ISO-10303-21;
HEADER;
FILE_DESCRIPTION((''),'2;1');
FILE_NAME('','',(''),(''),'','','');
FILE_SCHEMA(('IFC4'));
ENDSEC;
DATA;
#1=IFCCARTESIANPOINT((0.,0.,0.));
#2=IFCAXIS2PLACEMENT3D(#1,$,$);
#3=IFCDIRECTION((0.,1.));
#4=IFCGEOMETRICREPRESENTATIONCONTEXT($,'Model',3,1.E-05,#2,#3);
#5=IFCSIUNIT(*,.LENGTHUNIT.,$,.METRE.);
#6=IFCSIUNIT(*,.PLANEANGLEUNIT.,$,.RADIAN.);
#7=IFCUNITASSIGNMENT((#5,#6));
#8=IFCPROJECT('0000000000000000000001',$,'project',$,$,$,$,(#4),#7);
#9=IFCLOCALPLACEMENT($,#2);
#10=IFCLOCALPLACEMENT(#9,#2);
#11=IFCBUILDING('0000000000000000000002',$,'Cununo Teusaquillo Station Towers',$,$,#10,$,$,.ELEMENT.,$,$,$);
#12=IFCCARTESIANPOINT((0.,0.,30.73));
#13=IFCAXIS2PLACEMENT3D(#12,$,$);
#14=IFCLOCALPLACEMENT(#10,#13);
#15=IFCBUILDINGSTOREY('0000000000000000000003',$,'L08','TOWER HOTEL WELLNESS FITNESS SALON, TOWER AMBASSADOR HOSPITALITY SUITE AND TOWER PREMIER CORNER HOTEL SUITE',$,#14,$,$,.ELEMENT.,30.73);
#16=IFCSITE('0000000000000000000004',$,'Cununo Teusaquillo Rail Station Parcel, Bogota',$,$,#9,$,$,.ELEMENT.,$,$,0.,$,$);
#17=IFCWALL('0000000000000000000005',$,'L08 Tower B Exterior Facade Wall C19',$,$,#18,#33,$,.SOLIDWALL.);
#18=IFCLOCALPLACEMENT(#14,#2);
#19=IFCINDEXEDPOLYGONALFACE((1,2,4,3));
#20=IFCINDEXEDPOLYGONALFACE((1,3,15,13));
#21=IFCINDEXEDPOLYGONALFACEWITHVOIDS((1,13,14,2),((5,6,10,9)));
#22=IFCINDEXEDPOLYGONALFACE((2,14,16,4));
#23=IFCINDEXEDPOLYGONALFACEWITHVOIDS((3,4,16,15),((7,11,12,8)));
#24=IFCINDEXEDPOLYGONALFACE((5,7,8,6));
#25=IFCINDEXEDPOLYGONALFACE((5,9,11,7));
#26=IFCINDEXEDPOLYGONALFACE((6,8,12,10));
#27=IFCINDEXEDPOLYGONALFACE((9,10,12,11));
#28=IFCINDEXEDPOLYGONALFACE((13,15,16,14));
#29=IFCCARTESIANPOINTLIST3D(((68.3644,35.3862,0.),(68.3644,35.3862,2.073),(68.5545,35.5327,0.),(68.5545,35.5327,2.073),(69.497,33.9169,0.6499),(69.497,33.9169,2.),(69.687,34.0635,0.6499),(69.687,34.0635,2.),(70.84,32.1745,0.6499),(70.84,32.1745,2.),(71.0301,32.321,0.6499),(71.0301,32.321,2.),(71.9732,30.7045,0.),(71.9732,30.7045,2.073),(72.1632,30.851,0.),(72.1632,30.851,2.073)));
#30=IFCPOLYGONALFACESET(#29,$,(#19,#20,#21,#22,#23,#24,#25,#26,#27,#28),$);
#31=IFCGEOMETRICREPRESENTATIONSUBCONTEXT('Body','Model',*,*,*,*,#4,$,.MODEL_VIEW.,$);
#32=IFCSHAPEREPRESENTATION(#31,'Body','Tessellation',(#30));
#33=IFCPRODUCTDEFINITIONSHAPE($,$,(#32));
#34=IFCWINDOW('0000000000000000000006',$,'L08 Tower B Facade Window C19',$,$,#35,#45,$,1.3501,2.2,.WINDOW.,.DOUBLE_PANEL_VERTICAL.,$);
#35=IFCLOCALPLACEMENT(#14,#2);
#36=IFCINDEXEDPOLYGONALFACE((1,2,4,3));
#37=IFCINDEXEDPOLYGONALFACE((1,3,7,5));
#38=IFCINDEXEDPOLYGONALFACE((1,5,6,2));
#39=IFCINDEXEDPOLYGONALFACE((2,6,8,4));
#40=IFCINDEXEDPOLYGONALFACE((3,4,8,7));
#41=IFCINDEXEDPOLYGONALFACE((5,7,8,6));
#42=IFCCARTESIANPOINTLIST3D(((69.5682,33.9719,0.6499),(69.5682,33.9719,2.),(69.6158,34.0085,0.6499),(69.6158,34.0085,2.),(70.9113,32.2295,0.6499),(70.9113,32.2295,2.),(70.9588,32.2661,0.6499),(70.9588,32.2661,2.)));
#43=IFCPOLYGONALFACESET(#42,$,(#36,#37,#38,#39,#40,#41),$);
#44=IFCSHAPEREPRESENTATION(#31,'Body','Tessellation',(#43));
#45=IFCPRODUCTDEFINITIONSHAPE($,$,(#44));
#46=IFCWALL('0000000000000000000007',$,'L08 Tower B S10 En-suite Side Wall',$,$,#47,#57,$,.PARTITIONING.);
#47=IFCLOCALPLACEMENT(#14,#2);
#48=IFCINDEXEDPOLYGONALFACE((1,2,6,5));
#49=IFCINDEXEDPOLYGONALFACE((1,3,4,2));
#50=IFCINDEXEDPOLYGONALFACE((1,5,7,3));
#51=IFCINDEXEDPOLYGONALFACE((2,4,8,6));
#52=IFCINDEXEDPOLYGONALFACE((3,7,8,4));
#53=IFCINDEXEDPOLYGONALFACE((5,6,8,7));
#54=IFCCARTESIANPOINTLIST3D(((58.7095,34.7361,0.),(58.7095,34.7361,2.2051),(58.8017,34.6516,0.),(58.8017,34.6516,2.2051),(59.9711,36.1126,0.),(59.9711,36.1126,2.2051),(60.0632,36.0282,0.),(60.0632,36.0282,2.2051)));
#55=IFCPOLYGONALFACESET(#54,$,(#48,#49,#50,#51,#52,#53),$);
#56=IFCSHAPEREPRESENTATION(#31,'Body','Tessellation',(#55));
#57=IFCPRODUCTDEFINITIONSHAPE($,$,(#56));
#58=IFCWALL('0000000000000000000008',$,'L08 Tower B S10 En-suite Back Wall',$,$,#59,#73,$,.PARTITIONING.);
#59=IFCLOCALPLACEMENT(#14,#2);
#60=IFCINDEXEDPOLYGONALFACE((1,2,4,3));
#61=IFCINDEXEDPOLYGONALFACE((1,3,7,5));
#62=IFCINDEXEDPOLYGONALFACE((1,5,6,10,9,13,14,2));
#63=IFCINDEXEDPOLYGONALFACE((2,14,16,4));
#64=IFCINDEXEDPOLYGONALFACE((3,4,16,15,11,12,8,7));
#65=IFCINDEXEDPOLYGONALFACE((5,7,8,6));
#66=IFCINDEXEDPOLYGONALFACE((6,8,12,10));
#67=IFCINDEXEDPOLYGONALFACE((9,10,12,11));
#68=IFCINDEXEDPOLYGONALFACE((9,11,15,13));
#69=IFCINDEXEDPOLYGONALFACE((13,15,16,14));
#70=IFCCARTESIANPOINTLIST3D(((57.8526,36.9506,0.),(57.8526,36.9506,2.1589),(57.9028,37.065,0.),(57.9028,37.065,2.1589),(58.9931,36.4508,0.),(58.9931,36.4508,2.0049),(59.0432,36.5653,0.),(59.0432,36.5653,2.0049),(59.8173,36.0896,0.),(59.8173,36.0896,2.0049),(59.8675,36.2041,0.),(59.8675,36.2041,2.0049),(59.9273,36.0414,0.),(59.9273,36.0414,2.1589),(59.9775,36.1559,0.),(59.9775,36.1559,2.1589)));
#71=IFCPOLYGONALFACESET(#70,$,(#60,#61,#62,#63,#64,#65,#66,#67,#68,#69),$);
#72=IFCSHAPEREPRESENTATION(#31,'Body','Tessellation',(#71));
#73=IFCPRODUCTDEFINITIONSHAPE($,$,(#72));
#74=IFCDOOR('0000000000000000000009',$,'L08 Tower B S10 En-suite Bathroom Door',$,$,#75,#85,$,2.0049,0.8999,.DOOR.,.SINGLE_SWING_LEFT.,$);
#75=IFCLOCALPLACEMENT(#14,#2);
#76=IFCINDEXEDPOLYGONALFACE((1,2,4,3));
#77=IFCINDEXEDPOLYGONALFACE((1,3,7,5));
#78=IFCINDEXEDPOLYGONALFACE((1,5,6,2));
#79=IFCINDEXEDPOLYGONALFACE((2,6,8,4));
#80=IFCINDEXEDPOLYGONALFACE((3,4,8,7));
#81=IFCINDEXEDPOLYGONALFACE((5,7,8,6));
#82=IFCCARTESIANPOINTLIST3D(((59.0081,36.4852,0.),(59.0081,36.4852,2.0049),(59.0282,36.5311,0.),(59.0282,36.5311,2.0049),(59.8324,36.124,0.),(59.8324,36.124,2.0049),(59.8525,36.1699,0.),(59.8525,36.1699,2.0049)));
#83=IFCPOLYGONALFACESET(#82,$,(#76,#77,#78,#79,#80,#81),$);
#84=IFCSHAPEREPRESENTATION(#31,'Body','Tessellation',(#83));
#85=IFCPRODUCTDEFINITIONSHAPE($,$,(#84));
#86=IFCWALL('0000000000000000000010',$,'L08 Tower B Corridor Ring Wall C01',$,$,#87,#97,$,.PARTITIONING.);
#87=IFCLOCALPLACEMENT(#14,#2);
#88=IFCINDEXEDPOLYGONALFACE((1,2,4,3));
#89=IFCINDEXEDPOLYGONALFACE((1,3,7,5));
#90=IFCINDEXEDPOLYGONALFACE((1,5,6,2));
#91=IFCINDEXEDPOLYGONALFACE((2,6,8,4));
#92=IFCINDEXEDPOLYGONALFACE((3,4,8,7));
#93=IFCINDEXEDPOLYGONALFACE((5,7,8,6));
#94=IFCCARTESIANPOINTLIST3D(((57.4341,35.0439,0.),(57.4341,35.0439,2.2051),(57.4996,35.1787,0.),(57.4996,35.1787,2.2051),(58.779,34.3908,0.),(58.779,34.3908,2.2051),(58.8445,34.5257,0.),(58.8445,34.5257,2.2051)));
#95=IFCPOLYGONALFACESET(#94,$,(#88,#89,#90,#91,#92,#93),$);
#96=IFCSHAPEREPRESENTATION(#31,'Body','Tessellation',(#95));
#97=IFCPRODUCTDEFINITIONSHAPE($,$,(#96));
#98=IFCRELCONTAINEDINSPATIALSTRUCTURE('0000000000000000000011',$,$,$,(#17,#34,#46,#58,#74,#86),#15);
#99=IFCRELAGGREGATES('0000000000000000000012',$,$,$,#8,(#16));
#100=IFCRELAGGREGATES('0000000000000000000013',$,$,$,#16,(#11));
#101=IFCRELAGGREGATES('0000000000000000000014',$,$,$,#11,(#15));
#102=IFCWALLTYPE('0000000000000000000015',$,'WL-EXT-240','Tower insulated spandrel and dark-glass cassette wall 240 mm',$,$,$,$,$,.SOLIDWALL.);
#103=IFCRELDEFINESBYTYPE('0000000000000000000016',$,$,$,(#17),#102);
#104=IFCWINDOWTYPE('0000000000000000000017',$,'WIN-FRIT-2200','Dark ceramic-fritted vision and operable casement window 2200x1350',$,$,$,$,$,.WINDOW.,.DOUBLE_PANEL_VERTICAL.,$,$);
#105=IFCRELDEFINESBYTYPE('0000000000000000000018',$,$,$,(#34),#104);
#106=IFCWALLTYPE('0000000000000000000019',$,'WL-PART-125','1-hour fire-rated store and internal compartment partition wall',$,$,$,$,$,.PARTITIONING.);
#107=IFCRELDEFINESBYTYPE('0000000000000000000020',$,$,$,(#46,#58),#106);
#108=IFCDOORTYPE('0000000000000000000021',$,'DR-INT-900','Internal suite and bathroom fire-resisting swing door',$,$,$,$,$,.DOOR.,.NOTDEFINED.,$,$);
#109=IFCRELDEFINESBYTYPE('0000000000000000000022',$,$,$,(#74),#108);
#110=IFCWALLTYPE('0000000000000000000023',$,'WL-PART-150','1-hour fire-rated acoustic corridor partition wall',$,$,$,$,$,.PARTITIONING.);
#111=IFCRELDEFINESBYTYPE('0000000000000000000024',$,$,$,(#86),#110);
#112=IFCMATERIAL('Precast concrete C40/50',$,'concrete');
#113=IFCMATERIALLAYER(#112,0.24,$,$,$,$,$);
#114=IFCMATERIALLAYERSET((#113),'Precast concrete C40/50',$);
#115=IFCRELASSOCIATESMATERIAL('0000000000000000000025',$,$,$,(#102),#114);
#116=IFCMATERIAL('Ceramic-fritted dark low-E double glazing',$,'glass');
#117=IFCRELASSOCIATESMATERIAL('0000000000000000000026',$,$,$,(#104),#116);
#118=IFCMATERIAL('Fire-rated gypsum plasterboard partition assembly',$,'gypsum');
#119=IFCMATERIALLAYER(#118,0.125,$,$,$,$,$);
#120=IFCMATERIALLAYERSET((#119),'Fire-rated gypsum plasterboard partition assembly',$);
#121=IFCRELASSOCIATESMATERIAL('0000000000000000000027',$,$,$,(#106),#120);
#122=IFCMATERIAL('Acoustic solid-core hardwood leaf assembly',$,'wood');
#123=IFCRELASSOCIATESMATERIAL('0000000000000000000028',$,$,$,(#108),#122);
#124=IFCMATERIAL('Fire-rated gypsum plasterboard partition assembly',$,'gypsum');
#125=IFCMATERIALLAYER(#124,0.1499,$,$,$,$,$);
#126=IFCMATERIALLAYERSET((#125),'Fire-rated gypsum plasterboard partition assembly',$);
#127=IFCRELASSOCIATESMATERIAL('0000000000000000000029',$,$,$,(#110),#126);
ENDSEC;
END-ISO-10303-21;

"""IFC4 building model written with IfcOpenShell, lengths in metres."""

from ifc_helpers import new_model, si_unit, direction, frame, frame_2d, origin, place, context, subcontext, project, spatial, rectangle, extrude, source, transform, mapped, material, layer, layer_set, type_object, element, fill, save


model = new_model("IFC4")

# Units and contexts
model_context = context("Model", 3, precision=1e-05, world=origin(), true_north=direction((0.0, 1.0)))
body_context = subcontext(model_context, "Body", "Model", "MODEL_VIEW")
ifc_project = project(units=[si_unit("LENGTHUNIT", "METRE"), si_unit("PLANEANGLEUNIT", "RADIAN")], contexts=[model_context])

# Site, building, storey
site_placement = place(None, origin())
site = spatial("IfcSite", under=ifc_project, at=site_placement, Name="Cununo Teusaquillo Rail Station Parcel, Bogota", CompositionType="ELEMENT", RefElevation=0.0)
building_placement = place(site_placement, origin())
building = spatial("IfcBuilding", under=site, at=building_placement, Name="Cununo Teusaquillo Station Towers", CompositionType="ELEMENT")
storey_placement = place(building_placement, frame((0.0, 0.0, 30.73)))
storey = spatial("IfcBuildingStorey", under=building, at=storey_placement, Name="L08", Description="TOWER HOTEL WELLNESS FITNESS SALON, TOWER AMBASSADOR HOSPITALITY SUITE AND TOWER PREMIER CORNER HOTEL SUITE", CompositionType="ELEMENT", Elevation=30.73)

# Shared definitions
ifc_material_1 = material(Name="Precast concrete C40/50", Category="concrete")
ifc_layer_1 = layer(ifc_material_1, 0.24)
ifc_layer_set_1 = layer_set([ifc_layer_1], Name="Precast concrete C40/50")
wall_type_1 = type_object("IfcWallType", Name="WL-EXT-240", Description="Tower insulated spandrel and dark-glass cassette wall 240 mm", PredefinedType="SOLIDWALL", material=ifc_layer_set_1)

# Wall, opening, window
wall_1_placement = place(storey_placement, frame((68.4595, 35.4595, 0.0), z_axis=(0.0, 0.0, 1.0), x_axis=(0.610495, -0.79202, 0.0)))
wall_1 = element("IfcWall", 1, at=wall_1_placement, inside=storey, type_object=wall_type_1, Name="L08 Tower B Exterior Facade Wall C19", PredefinedType="SOLIDWALL", context=body_context, shape_type="SweptSolid", body=[
    extrude(rectangle(XDim=5.9111, YDim=0.24, at=frame_2d((2.9556, 0.0))), origin(), (0.0, 0.0, 1.0), 2.073),
])
shared_shape_1 = source(origin(), body_context, "Body", "SweptSolid", [
    extrude(rectangle(XDim=2.2, YDim=1.3501, at=frame_2d((1.1001, 0.675))), frame((0.0, 0.1299, 0.0), z_axis=(0.0, -1.0, 0.0), x_axis=(1.0, 0.0, 0.0)), (0.0, 0.0, 1.0), 0.26),
])
opening_1_placement = place(wall_1_placement, frame((1.855, 0.0, 0.6499)))
opening_1 = element("IfcOpeningElement", 2, at=opening_1_placement, cuts=wall_1, PredefinedType="OPENING", context=body_context, shape_type="MappedRepresentation", body=[
    mapped(shared_shape_1, transform((0.0, 0.0, 0.0), x_axis=(1.0, 0.0, 0.0), y_axis=(0.0, 1.0, 0.0), z_axis=(0.0, 0.0, 1.0), scale=1.0)),
])
ifc_material_2 = material(Name="Ceramic-fritted dark low-E double glazing", Category="glass")
window_type = type_object("IfcWindowType", Name="WIN-FRIT-2200", Description="Dark ceramic-fritted vision and operable casement window 2200x1350", PartitioningType="DOUBLE_PANEL_VERTICAL", PredefinedType="WINDOW", material=ifc_material_2)
shared_shape_2 = source(origin(), body_context, "Body", "SweptSolid", [
    extrude(rectangle(XDim=2.2, YDim=1.3501, at=frame_2d((1.1001, 0.675))), frame((0.0, 0.03, 0.0), z_axis=(0.0, -1.0, 0.0), x_axis=(1.0, 0.0, 0.0)), (0.0, 0.0, 1.0), 0.0601),
])
window_placement = place(opening_1_placement, origin())
window = element("IfcWindow", 3, at=window_placement, inside=storey, type_object=window_type, Name="L08 Tower B Facade Window C19", OverallHeight=1.3501, OverallWidth=2.2, PartitioningType="DOUBLE_PANEL_VERTICAL", PredefinedType="WINDOW", context=body_context, shape_type="MappedRepresentation", body=[
    mapped(shared_shape_2, transform((0.0, 0.0, 0.0), x_axis=(1.0, 0.0, 0.0), y_axis=(0.0, 1.0, 0.0), z_axis=(0.0, 0.0, 1.0), scale=1.0)),
])
fill(opening_1, window)

# Wall
ifc_material_3 = material(Name="Fire-rated gypsum plasterboard partition assembly", Category="gypsum")
ifc_layer_2 = layer(ifc_material_3, 0.125)
ifc_layer_set_2 = layer_set([ifc_layer_2], Name="Fire-rated gypsum plasterboard partition assembly")
wall_type_2 = type_object("IfcWallType", Name="WL-PART-125", Description="1-hour fire-rated store and internal compartment partition wall", PredefinedType="PARTITIONING", material=ifc_layer_set_2)
wall_2_placement = place(storey_placement, frame((58.7556, 34.6938, 0.0), z_axis=(0.0, 0.0, 1.0), x_axis=(0.675642, 0.73723, 0.0)))
element("IfcWall", 4, at=wall_2_placement, inside=storey, type_object=wall_type_2, Name="L08 Tower B S10 En-suite Side Wall", PredefinedType="PARTITIONING", context=body_context, shape_type="SweptSolid", body=[
    extrude(rectangle(XDim=1.8672, YDim=0.125, at=frame_2d((0.9336, 0.0))), origin(), (0.0, 0.0, 1.0), 2.2051),
])

# Wall, opening, door
wall_3_placement = place(storey_placement, frame((59.9524, 36.0986, 0.0), z_axis=(0.0, 0.0, 1.0), x_axis=(-0.915915, 0.401373, 0.0)))
wall_3 = element("IfcWall", 5, at=wall_3_placement, inside=storey, type_object=wall_type_2, Name="L08 Tower B S10 En-suite Back Wall", PredefinedType="PARTITIONING", context=body_context, shape_type="SweptSolid", body=[
    extrude(rectangle(XDim=2.2651, YDim=0.125, at=frame_2d((1.1326, 0.0))), origin(), (0.0, 0.0, 1.0), 2.1589),
])
shared_shape_3 = source(origin(), body_context, "Body", "SweptSolid", [
    extrude(rectangle(XDim=0.8999, YDim=2.0049, at=frame_2d((0.45, 1.0024))), frame((0.0, 0.0725, 0.0), z_axis=(0.0, -1.0, 0.0), x_axis=(1.0, 0.0, 0.0)), (0.0, 0.0, 1.0), 0.145),
])
opening_2_placement = place(wall_3_placement, frame((0.1201, 0.0, 0.0)))
opening_2 = element("IfcOpeningElement", 6, at=opening_2_placement, cuts=wall_3, PredefinedType="OPENING", context=body_context, shape_type="MappedRepresentation", body=[
    mapped(shared_shape_3, transform((0.0, 0.0, 0.0), x_axis=(1.0, 0.0, 0.0), y_axis=(0.0, 1.0, 0.0), z_axis=(0.0, 0.0, 1.0), scale=1.0)),
])
ifc_material_4 = material(Name="Acoustic solid-core hardwood leaf assembly", Category="wood")
door_type = type_object("IfcDoorType", Name="DR-INT-900", Description="Internal suite and bathroom fire-resisting swing door", OperationType="NOTDEFINED", PredefinedType="DOOR", material=ifc_material_4)
shared_shape_4 = source(origin(), body_context, "Body", "SweptSolid", [
    extrude(rectangle(XDim=0.8999, YDim=2.0049, at=frame_2d((0.45, 1.0024))), frame((0.0, 0.0249, 0.0), z_axis=(0.0, -1.0, 0.0), x_axis=(1.0, 0.0, 0.0)), (0.0, 0.0, 1.0), 0.05),
])
door_placement = place(opening_2_placement, origin())
door = element("IfcDoor", 7, at=door_placement, inside=storey, type_object=door_type, Name="L08 Tower B S10 En-suite Bathroom Door", OperationType="SINGLE_SWING_LEFT", OverallHeight=2.0049, OverallWidth=0.8999, PredefinedType="DOOR", context=body_context, shape_type="MappedRepresentation", body=[
    mapped(shared_shape_4, transform((0.0, 0.0, 0.0), x_axis=(1.0, 0.0, 0.0), y_axis=(0.0, 1.0, 0.0), z_axis=(0.0, 0.0, 1.0), scale=1.0)),
])
fill(opening_2, door)

# Wall
ifc_material_5 = material(Name="Fire-rated gypsum plasterboard partition assembly", Category="gypsum")
ifc_layer_3 = layer(ifc_material_5, 0.1499)
ifc_layer_set_3 = layer_set([ifc_layer_3], Name="Fire-rated gypsum plasterboard partition assembly")
wall_type_3 = type_object("IfcWallType", Name="WL-PART-150", Description="1-hour fire-rated acoustic corridor partition wall", PredefinedType="PARTITIONING", material=ifc_layer_set_3)
wall_4_placement = place(storey_placement, frame((58.8118, 34.4583, 0.0), z_axis=(0.0, 0.0, 1.0), x_axis=(-0.899559, 0.436798, 0.0)))
element("IfcWall", 8, at=wall_4_placement, inside=storey, type_object=wall_type_3, Name="L08 Tower B Corridor Ring Wall C01", PredefinedType="PARTITIONING", context=body_context, shape_type="SweptSolid", body=[
    extrude(rectangle(XDim=1.4951, YDim=0.1499, at=frame_2d((0.7476, 0.0))), origin(), (0.0, 0.0, 1.0), 2.2051),
])

save(model, "model.ifc")
